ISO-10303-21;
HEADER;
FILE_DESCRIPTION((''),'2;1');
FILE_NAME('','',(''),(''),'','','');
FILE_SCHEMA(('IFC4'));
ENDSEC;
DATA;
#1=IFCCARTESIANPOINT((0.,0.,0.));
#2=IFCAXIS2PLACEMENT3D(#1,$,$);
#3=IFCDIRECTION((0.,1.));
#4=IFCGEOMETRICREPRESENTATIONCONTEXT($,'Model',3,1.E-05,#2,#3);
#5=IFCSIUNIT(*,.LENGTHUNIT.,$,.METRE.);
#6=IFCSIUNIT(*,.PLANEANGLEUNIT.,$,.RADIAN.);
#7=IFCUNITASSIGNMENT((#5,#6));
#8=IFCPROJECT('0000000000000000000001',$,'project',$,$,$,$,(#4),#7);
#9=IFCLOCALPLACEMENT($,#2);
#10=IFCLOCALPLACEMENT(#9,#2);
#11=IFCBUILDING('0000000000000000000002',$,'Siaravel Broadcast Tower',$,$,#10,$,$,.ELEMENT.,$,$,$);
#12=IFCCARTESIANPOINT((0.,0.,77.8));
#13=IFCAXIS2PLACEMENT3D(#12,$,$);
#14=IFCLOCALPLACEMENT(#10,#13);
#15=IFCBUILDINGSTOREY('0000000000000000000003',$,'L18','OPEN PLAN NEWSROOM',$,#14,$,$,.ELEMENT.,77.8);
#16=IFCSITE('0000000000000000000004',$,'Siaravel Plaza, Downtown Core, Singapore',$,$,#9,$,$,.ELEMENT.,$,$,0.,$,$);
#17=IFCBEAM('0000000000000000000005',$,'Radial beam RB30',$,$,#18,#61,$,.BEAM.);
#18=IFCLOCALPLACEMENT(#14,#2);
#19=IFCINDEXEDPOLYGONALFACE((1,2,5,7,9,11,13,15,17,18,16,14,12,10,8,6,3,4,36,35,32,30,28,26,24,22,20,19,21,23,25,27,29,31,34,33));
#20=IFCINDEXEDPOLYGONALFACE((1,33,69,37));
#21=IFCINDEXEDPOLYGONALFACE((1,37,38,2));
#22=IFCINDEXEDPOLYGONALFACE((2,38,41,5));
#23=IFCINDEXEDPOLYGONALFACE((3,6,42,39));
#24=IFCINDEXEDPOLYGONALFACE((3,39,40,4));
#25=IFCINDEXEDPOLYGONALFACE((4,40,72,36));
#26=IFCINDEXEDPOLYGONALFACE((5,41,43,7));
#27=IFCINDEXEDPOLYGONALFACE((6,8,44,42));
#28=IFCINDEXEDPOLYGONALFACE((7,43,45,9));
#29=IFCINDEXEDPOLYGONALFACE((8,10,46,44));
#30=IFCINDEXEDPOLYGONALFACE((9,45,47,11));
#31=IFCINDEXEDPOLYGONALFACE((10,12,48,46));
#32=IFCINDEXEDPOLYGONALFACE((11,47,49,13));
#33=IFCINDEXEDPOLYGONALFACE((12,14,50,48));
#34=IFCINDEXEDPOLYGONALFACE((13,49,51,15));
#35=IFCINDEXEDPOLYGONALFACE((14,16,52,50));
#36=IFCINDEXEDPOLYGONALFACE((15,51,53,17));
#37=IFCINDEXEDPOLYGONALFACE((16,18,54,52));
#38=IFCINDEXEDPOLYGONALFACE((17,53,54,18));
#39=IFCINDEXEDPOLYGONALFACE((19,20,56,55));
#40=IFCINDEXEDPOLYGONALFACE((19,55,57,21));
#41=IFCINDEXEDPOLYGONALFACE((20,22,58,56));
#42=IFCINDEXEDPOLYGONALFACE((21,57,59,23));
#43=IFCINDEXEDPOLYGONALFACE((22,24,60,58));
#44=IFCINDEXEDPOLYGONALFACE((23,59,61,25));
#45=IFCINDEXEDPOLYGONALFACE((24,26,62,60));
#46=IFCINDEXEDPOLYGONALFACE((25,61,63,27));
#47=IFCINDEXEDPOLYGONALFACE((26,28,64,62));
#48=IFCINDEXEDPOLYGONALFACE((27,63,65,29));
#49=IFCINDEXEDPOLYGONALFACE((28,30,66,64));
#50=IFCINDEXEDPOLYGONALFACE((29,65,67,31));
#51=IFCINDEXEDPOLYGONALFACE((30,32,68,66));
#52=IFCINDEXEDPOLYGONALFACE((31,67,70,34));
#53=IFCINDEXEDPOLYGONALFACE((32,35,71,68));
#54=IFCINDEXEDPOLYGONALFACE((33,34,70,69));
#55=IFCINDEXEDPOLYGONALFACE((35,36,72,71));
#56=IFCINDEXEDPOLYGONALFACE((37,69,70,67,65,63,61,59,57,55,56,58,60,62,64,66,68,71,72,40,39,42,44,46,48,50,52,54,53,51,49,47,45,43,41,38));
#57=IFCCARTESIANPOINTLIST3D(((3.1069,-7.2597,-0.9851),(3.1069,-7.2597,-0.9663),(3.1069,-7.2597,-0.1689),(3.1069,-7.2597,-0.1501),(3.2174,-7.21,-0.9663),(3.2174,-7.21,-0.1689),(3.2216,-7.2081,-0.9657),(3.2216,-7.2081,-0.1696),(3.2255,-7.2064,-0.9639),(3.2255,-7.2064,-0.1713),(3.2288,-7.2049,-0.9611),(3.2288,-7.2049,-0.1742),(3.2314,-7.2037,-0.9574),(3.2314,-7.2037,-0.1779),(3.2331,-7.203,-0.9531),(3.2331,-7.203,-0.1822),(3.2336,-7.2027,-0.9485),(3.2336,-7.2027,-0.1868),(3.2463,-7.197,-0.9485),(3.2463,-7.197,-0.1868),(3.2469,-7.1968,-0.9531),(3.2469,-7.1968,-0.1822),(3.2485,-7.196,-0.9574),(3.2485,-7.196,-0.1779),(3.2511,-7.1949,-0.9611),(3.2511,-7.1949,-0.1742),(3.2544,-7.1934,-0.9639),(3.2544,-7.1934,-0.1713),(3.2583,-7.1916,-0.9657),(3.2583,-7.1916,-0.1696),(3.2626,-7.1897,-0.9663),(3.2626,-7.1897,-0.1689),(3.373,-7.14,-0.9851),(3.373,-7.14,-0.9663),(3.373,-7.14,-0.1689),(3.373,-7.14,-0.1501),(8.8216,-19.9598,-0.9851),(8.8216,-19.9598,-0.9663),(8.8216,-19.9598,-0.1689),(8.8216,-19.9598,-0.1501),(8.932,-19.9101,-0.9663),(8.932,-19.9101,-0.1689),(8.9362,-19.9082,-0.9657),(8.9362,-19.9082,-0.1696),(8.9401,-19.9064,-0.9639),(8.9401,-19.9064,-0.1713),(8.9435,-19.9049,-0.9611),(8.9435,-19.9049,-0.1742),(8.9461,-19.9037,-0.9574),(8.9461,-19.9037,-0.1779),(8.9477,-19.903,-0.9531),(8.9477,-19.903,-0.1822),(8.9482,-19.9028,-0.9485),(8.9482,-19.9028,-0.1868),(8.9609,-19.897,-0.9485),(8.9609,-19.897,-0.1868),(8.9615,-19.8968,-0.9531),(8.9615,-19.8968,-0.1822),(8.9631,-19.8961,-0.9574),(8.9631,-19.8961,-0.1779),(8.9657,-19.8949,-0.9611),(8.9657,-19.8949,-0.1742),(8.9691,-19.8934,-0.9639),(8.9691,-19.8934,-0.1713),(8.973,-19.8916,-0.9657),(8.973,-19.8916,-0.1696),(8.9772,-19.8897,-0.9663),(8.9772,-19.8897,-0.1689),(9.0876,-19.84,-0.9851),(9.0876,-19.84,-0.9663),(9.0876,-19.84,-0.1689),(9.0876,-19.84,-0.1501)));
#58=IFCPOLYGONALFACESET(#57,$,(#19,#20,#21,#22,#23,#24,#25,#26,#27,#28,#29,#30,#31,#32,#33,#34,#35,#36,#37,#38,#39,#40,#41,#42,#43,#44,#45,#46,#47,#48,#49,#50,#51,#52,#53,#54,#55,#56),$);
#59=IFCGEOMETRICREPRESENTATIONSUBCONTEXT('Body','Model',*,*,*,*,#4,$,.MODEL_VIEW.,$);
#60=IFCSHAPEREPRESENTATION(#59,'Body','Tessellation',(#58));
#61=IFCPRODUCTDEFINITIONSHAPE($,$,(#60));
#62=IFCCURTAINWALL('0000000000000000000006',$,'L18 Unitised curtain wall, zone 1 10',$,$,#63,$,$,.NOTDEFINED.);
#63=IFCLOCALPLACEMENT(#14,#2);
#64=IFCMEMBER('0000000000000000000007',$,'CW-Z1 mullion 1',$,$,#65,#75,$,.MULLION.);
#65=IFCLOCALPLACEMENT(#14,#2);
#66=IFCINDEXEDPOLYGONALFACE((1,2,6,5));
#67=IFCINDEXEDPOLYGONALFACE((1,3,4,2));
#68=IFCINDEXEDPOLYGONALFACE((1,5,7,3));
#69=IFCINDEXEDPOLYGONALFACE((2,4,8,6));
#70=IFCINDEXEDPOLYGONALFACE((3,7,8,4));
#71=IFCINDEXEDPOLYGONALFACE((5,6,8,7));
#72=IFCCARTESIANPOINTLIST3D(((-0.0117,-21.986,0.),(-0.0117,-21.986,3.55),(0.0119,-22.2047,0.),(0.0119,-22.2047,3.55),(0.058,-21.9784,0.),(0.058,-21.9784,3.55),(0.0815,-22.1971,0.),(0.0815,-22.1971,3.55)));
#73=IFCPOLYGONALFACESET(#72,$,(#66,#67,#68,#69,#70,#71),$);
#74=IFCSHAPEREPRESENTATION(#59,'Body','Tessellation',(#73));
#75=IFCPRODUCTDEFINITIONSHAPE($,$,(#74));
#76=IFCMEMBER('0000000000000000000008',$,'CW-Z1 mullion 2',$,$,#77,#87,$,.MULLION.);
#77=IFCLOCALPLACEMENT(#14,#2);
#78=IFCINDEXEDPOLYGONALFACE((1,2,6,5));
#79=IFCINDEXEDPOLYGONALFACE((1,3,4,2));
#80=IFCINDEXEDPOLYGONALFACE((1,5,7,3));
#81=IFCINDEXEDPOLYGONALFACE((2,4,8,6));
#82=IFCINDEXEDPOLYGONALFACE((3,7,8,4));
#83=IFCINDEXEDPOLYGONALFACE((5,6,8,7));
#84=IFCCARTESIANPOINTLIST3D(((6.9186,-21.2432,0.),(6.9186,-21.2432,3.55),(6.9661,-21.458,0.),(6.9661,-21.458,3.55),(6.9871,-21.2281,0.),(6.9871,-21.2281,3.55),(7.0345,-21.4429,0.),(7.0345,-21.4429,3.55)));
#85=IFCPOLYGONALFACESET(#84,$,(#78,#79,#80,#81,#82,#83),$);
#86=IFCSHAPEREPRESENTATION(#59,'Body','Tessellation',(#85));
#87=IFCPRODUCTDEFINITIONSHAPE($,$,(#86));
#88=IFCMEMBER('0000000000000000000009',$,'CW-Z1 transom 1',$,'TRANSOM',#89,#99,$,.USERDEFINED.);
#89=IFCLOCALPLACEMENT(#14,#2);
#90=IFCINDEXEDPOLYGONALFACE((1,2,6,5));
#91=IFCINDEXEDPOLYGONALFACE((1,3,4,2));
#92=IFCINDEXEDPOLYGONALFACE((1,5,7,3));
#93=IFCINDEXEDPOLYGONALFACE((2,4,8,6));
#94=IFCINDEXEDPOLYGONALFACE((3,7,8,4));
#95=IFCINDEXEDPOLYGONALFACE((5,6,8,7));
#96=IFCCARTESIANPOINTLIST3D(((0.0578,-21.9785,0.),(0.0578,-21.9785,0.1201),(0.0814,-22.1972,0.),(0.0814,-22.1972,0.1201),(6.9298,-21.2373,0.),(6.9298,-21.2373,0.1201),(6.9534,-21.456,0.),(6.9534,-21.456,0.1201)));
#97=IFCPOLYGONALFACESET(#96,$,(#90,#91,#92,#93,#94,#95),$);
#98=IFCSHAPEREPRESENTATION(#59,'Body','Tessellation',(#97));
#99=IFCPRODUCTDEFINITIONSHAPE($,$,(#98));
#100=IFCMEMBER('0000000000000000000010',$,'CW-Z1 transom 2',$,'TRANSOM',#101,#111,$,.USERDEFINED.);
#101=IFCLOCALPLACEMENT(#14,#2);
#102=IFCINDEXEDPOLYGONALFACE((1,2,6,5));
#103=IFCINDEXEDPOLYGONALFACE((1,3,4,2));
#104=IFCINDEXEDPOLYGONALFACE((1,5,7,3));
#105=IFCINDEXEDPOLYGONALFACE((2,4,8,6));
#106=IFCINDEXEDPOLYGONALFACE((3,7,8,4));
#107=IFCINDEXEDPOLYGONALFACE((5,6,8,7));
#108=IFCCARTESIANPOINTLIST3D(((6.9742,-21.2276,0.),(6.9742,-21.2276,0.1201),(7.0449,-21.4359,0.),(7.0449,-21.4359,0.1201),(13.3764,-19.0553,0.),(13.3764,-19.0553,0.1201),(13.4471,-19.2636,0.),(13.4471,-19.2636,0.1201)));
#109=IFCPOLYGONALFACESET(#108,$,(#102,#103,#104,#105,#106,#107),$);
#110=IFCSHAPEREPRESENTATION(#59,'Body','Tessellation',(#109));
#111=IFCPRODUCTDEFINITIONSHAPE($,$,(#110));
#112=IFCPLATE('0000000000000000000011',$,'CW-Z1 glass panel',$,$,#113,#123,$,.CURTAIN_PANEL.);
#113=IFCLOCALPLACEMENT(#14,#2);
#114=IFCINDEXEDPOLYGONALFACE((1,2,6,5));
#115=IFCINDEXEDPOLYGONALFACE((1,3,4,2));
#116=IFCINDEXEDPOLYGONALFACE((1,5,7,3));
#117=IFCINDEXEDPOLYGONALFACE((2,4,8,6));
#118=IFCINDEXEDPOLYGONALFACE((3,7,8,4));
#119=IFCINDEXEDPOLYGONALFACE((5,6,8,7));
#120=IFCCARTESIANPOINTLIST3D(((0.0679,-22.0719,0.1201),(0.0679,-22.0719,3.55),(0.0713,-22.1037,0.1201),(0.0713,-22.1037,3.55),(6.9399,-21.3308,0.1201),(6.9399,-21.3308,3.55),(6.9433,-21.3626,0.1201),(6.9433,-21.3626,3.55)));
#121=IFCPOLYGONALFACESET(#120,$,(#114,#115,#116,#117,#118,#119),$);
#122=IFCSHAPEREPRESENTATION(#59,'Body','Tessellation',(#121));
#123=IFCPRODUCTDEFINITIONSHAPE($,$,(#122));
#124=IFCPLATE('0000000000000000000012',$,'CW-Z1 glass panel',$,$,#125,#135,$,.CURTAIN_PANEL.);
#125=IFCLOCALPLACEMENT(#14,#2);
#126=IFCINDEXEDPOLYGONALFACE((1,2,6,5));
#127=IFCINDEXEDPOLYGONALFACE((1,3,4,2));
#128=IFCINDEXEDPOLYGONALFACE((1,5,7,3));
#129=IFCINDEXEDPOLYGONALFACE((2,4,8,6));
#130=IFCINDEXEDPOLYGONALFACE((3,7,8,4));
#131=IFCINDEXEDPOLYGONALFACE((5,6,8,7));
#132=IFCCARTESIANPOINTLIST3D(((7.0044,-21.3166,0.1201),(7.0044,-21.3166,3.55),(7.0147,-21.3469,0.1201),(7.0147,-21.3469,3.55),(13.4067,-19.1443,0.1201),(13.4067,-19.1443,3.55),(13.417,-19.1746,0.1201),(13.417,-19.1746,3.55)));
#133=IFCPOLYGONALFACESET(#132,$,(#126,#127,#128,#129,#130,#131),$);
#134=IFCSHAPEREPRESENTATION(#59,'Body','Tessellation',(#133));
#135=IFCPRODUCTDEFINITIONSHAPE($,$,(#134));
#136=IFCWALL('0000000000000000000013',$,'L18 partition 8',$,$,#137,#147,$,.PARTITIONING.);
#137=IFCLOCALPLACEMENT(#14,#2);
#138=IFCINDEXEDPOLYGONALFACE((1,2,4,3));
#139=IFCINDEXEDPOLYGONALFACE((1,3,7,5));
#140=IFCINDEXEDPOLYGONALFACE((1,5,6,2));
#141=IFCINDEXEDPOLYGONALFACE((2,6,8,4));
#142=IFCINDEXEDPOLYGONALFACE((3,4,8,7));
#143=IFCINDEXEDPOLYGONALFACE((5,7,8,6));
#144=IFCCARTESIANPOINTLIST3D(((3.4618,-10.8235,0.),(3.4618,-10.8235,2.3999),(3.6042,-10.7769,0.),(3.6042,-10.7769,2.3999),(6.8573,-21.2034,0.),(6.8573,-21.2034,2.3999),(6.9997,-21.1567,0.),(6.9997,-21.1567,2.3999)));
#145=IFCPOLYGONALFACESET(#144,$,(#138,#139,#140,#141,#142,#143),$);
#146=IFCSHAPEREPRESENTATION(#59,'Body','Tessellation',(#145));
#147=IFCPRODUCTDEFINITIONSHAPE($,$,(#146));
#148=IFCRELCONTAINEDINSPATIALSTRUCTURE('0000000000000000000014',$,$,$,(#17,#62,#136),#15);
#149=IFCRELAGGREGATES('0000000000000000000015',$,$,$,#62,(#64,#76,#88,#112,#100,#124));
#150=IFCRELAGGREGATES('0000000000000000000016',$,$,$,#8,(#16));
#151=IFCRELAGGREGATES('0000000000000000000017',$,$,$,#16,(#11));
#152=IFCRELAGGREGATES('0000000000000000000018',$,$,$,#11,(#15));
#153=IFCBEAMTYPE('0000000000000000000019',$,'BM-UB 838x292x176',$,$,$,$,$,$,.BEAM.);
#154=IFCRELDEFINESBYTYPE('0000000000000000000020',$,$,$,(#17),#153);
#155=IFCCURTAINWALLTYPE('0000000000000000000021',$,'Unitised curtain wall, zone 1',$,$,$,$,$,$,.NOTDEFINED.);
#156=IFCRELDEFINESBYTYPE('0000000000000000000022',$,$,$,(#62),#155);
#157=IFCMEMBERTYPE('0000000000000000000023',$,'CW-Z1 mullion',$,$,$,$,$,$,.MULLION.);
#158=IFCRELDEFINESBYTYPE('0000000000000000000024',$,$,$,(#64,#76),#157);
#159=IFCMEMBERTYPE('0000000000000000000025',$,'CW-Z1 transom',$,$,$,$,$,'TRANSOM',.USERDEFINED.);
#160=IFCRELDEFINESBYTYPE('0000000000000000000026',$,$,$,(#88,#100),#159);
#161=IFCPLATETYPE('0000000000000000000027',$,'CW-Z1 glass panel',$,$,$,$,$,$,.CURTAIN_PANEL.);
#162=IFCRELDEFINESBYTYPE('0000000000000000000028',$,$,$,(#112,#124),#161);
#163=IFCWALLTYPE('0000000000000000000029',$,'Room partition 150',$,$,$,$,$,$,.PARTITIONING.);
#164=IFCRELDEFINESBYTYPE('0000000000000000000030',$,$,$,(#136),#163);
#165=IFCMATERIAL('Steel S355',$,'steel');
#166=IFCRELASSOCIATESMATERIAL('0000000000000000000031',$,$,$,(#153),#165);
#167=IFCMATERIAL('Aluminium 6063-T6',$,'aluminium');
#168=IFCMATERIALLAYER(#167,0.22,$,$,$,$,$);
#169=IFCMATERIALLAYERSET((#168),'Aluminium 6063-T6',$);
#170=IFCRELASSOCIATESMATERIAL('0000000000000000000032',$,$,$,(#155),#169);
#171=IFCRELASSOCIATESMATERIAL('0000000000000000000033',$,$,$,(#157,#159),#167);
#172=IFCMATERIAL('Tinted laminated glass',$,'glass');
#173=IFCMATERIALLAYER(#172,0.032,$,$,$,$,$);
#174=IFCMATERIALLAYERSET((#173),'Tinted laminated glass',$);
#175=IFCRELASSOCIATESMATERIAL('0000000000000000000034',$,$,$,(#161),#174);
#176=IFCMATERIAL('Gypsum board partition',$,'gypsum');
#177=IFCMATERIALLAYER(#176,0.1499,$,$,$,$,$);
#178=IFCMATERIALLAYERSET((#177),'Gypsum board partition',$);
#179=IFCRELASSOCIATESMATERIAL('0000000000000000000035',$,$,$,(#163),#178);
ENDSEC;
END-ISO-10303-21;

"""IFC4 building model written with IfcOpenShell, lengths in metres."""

from ifc_helpers import new_model, si_unit, direction, frame, frame_2d, origin, origin_2d, place, context, subcontext, project, spatial, rectangle, i_section, extrude, material, layer, layer_set, material_profile, profile_set, type_object, element, aggregate, save


model = new_model("IFC4")

# Units and contexts
model_context = context("Model", 3, precision=1e-05, world=origin(), true_north=direction((0.0, 1.0)))
body_context = subcontext(model_context, "Body", "Model", "MODEL_VIEW")
ifc_project = project(units=[si_unit("LENGTHUNIT", "METRE"), si_unit("PLANEANGLEUNIT", "RADIAN")], contexts=[model_context])

# Site, building, storey
site_placement = place(None, origin())
site = spatial("IfcSite", under=ifc_project, at=site_placement, Name="Siaravel Plaza, Downtown Core, Singapore", CompositionType="ELEMENT", RefElevation=0.0)
building_placement = place(site_placement, origin())
building = spatial("IfcBuilding", under=site, at=building_placement, Name="Siaravel Broadcast Tower", CompositionType="ELEMENT")
storey_placement = place(building_placement, frame((0.0, 0.0, 77.8)))
storey = spatial("IfcBuildingStorey", under=building, at=storey_placement, Name="L18", Description="OPEN PLAN NEWSROOM", CompositionType="ELEMENT", Elevation=77.8)

# Beam
ifc_material_1 = material(Name="Steel S355", Category="steel")
ifc_material_profile_1 = material_profile(ifc_material_1, i_section(OverallWidth=0.2917, OverallDepth=0.835, WebThickness=0.0139, FlangeThickness=0.0188, FilletRadius=0.0178, at=origin_2d()))
ifc_profile_set_1 = profile_set([ifc_material_profile_1], Name="Steel S355")
beam_type = type_object("IfcBeamType", Name="BM-UB 838x292x176", PredefinedType="BEAM", material=ifc_profile_set_1)
beam_1_placement = place(storey_placement, frame((8.9546, -19.8999, -0.5676), z_axis=(-0.410342, 0.911932, 0.0), x_axis=(-0.911932, -0.410342, 0.0)))
element("IfcBeam", 1, at=beam_1_placement, inside=storey, type_object=beam_type, Name="Radial beam RB30", PredefinedType="BEAM", context=body_context, shape_type="SweptSolid", body=[
    extrude(i_section(OverallWidth=0.2917, OverallDepth=0.835, WebThickness=0.0139, FlangeThickness=0.0188, FilletRadius=0.0178, at=origin_2d()), origin(), (0.0, 0.0, 1.0), 13.9265),
])

# Curtain wall, members, plates
ifc_material_2 = material(Name="Aluminium 6063-T6", Category="aluminium")
ifc_layer_1 = layer(ifc_material_2, 0.22)
ifc_layer_set_1 = layer_set([ifc_layer_1], Name="Aluminium 6063-T6")
curtain_wall_type = type_object("IfcCurtainWallType", Name="Unitised curtain wall, zone 1", PredefinedType="NOTDEFINED", material=ifc_layer_set_1)
curtain_wall_placement = place(storey_placement, origin())
curtain_wall = element("IfcCurtainWall", 2, at=curtain_wall_placement, inside=storey, type_object=curtain_wall_type, Name="L18 Unitised curtain wall, zone 1 10", PredefinedType="NOTDEFINED")
ifc_material_profile_2 = material_profile(ifc_material_2, rectangle(XDim=0.22, YDim=0.0701, at=origin_2d()))
ifc_profile_set_2 = profile_set([ifc_material_profile_2], Name="Aluminium 6063-T6")
member_type_1 = type_object("IfcMemberType", Name="CW-Z1 mullion", PredefinedType="MULLION", material=ifc_profile_set_2)
member_1_placement = place(storey_placement, frame((0.0349, -22.0916, 0.0), z_axis=(0.0, 0.0, 1.0), x_axis=(-0.107218, 0.994236, 0.0)))
member_1 = element("IfcMember", 3, at=member_1_placement, type_object=member_type_1, Name="CW-Z1 mullion 1", PredefinedType="MULLION", context=body_context, shape_type="SweptSolid", body=[
    extrude(rectangle(XDim=0.22, YDim=0.0701, at=origin_2d()), origin(), (0.0, 0.0, 1.0), 3.55),
])
member_2_placement = place(storey_placement, frame((6.9766, -21.343, 0.0), z_axis=(0.0, 0.0, 1.0), x_axis=(-0.215558, 0.976491, 0.0)))
member_2 = element("IfcMember", 4, at=member_2_placement, type_object=member_type_1, Name="CW-Z1 mullion 2", PredefinedType="MULLION", context=body_context, shape_type="SweptSolid", body=[
    extrude(rectangle(XDim=0.22, YDim=0.0701, at=origin_2d()), origin(), (0.0, 0.0, 1.0), 3.55),
])
ifc_material_profile_3 = material_profile(ifc_material_2, rectangle(XDim=0.22, YDim=0.1201, at=origin_2d()))
ifc_profile_set_3 = profile_set([ifc_material_profile_3], Name="Aluminium 6063-T6")
member_type_2 = type_object("IfcMemberType", Name="CW-Z1 transom", ElementType="TRANSOM", PredefinedType="USERDEFINED", material=ifc_profile_set_3)
member_3_placement = place(storey_placement, frame((0.0696, -22.0879, 0.0601), z_axis=(0.994234, 0.107237, 0.0), x_axis=(-0.107237, 0.994234, 0.0)))
member_3 = element("IfcMember", 5, at=member_3_placement, type_object=member_type_2, Name="CW-Z1 transom 1", ObjectType="TRANSOM", PredefinedType="USERDEFINED", context=body_context, shape_type="SweptSolid", body=[
    extrude(rectangle(XDim=0.22, YDim=0.1201, at=origin_2d()), origin(), (0.0, 0.0, 1.0), 6.9119),
])
member_4_placement = place(storey_placement, frame((7.0095, -21.3318, 0.0601), z_axis=(0.946972, 0.321315, 0.0), x_axis=(-0.321315, 0.946972, 0.0)))
member_4 = element("IfcMember", 6, at=member_4_placement, type_object=member_type_2, Name="CW-Z1 transom 2", ObjectType="TRANSOM", PredefinedType="USERDEFINED", context=body_context, shape_type="SweptSolid", body=[
    extrude(rectangle(XDim=0.22, YDim=0.1201, at=origin_2d()), origin(), (0.0, 0.0, 1.0), 6.7607),
])
ifc_material_3 = material(Name="Tinted laminated glass", Category="glass")
ifc_layer_2 = layer(ifc_material_3, 0.032)
ifc_layer_set_2 = layer_set([ifc_layer_2], Name="Tinted laminated glass")
plate_type = type_object("IfcPlateType", Name="CW-Z1 glass panel", PredefinedType="CURTAIN_PANEL", material=ifc_layer_set_2)
plate_1_placement = place(storey_placement, frame((3.5056, -21.7173, 0.1201), z_axis=(0.0, 0.0, 1.0), x_axis=(0.994236, 0.107218, 0.0)))
plate_1 = element("IfcPlate", 7, at=plate_1_placement, type_object=plate_type, Name="CW-Z1 glass panel", PredefinedType="CURTAIN_PANEL", context=body_context, shape_type="SweptSolid", body=[
    extrude(rectangle(XDim=6.9119, YDim=0.032, at=origin_2d()), origin(), (0.0, 0.0, 1.0), 3.4299),
])
plate_2_placement = place(storey_placement, frame((10.2107, -20.2456, 0.1201), z_axis=(0.0, 0.0, 1.0), x_axis=(0.946977, 0.321301, 0.0)))
plate_2 = element("IfcPlate", 8, at=plate_2_placement, type_object=plate_type, Name="CW-Z1 glass panel", PredefinedType="CURTAIN_PANEL", context=body_context, shape_type="SweptSolid", body=[
    extrude(rectangle(XDim=6.7607, YDim=0.032, at=origin_2d()), origin(), (0.0, 0.0, 1.0), 3.4299),
])
aggregate(curtain_wall, [member_1, member_2, member_3, plate_1, member_4, plate_2])

# Shared definitions
ifc_material_4 = material(Name="Gypsum board partition", Category="gypsum")

# Wall
ifc_layer_3 = layer(ifc_material_4, 0.1499)
ifc_layer_set_3 = layer_set([ifc_layer_3], Name="Gypsum board partition")
wall_type_1 = type_object("IfcWallType", Name="Room partition 150", PredefinedType="PARTITIONING", material=ifc_layer_set_3)
wall_1_placement = place(storey_placement, frame((6.9285, -21.1799, 0.0), z_axis=(0.0, 0.0, 1.0), x_axis=(-0.310911, 0.950439, 0.0)))
element("IfcWall", 9, at=wall_1_placement, inside=storey, type_object=wall_type_1, Name="L18 partition 8", PredefinedType="PARTITIONING", context=body_context, shape_type="SweptSolid", body=[
    extrude(rectangle(XDim=10.9211, YDim=0.1499, at=frame_2d((5.4604, 0.0))), origin(), (0.0, 0.0, 1.0), 2.3999),
])

save(model, "model.ifc")
